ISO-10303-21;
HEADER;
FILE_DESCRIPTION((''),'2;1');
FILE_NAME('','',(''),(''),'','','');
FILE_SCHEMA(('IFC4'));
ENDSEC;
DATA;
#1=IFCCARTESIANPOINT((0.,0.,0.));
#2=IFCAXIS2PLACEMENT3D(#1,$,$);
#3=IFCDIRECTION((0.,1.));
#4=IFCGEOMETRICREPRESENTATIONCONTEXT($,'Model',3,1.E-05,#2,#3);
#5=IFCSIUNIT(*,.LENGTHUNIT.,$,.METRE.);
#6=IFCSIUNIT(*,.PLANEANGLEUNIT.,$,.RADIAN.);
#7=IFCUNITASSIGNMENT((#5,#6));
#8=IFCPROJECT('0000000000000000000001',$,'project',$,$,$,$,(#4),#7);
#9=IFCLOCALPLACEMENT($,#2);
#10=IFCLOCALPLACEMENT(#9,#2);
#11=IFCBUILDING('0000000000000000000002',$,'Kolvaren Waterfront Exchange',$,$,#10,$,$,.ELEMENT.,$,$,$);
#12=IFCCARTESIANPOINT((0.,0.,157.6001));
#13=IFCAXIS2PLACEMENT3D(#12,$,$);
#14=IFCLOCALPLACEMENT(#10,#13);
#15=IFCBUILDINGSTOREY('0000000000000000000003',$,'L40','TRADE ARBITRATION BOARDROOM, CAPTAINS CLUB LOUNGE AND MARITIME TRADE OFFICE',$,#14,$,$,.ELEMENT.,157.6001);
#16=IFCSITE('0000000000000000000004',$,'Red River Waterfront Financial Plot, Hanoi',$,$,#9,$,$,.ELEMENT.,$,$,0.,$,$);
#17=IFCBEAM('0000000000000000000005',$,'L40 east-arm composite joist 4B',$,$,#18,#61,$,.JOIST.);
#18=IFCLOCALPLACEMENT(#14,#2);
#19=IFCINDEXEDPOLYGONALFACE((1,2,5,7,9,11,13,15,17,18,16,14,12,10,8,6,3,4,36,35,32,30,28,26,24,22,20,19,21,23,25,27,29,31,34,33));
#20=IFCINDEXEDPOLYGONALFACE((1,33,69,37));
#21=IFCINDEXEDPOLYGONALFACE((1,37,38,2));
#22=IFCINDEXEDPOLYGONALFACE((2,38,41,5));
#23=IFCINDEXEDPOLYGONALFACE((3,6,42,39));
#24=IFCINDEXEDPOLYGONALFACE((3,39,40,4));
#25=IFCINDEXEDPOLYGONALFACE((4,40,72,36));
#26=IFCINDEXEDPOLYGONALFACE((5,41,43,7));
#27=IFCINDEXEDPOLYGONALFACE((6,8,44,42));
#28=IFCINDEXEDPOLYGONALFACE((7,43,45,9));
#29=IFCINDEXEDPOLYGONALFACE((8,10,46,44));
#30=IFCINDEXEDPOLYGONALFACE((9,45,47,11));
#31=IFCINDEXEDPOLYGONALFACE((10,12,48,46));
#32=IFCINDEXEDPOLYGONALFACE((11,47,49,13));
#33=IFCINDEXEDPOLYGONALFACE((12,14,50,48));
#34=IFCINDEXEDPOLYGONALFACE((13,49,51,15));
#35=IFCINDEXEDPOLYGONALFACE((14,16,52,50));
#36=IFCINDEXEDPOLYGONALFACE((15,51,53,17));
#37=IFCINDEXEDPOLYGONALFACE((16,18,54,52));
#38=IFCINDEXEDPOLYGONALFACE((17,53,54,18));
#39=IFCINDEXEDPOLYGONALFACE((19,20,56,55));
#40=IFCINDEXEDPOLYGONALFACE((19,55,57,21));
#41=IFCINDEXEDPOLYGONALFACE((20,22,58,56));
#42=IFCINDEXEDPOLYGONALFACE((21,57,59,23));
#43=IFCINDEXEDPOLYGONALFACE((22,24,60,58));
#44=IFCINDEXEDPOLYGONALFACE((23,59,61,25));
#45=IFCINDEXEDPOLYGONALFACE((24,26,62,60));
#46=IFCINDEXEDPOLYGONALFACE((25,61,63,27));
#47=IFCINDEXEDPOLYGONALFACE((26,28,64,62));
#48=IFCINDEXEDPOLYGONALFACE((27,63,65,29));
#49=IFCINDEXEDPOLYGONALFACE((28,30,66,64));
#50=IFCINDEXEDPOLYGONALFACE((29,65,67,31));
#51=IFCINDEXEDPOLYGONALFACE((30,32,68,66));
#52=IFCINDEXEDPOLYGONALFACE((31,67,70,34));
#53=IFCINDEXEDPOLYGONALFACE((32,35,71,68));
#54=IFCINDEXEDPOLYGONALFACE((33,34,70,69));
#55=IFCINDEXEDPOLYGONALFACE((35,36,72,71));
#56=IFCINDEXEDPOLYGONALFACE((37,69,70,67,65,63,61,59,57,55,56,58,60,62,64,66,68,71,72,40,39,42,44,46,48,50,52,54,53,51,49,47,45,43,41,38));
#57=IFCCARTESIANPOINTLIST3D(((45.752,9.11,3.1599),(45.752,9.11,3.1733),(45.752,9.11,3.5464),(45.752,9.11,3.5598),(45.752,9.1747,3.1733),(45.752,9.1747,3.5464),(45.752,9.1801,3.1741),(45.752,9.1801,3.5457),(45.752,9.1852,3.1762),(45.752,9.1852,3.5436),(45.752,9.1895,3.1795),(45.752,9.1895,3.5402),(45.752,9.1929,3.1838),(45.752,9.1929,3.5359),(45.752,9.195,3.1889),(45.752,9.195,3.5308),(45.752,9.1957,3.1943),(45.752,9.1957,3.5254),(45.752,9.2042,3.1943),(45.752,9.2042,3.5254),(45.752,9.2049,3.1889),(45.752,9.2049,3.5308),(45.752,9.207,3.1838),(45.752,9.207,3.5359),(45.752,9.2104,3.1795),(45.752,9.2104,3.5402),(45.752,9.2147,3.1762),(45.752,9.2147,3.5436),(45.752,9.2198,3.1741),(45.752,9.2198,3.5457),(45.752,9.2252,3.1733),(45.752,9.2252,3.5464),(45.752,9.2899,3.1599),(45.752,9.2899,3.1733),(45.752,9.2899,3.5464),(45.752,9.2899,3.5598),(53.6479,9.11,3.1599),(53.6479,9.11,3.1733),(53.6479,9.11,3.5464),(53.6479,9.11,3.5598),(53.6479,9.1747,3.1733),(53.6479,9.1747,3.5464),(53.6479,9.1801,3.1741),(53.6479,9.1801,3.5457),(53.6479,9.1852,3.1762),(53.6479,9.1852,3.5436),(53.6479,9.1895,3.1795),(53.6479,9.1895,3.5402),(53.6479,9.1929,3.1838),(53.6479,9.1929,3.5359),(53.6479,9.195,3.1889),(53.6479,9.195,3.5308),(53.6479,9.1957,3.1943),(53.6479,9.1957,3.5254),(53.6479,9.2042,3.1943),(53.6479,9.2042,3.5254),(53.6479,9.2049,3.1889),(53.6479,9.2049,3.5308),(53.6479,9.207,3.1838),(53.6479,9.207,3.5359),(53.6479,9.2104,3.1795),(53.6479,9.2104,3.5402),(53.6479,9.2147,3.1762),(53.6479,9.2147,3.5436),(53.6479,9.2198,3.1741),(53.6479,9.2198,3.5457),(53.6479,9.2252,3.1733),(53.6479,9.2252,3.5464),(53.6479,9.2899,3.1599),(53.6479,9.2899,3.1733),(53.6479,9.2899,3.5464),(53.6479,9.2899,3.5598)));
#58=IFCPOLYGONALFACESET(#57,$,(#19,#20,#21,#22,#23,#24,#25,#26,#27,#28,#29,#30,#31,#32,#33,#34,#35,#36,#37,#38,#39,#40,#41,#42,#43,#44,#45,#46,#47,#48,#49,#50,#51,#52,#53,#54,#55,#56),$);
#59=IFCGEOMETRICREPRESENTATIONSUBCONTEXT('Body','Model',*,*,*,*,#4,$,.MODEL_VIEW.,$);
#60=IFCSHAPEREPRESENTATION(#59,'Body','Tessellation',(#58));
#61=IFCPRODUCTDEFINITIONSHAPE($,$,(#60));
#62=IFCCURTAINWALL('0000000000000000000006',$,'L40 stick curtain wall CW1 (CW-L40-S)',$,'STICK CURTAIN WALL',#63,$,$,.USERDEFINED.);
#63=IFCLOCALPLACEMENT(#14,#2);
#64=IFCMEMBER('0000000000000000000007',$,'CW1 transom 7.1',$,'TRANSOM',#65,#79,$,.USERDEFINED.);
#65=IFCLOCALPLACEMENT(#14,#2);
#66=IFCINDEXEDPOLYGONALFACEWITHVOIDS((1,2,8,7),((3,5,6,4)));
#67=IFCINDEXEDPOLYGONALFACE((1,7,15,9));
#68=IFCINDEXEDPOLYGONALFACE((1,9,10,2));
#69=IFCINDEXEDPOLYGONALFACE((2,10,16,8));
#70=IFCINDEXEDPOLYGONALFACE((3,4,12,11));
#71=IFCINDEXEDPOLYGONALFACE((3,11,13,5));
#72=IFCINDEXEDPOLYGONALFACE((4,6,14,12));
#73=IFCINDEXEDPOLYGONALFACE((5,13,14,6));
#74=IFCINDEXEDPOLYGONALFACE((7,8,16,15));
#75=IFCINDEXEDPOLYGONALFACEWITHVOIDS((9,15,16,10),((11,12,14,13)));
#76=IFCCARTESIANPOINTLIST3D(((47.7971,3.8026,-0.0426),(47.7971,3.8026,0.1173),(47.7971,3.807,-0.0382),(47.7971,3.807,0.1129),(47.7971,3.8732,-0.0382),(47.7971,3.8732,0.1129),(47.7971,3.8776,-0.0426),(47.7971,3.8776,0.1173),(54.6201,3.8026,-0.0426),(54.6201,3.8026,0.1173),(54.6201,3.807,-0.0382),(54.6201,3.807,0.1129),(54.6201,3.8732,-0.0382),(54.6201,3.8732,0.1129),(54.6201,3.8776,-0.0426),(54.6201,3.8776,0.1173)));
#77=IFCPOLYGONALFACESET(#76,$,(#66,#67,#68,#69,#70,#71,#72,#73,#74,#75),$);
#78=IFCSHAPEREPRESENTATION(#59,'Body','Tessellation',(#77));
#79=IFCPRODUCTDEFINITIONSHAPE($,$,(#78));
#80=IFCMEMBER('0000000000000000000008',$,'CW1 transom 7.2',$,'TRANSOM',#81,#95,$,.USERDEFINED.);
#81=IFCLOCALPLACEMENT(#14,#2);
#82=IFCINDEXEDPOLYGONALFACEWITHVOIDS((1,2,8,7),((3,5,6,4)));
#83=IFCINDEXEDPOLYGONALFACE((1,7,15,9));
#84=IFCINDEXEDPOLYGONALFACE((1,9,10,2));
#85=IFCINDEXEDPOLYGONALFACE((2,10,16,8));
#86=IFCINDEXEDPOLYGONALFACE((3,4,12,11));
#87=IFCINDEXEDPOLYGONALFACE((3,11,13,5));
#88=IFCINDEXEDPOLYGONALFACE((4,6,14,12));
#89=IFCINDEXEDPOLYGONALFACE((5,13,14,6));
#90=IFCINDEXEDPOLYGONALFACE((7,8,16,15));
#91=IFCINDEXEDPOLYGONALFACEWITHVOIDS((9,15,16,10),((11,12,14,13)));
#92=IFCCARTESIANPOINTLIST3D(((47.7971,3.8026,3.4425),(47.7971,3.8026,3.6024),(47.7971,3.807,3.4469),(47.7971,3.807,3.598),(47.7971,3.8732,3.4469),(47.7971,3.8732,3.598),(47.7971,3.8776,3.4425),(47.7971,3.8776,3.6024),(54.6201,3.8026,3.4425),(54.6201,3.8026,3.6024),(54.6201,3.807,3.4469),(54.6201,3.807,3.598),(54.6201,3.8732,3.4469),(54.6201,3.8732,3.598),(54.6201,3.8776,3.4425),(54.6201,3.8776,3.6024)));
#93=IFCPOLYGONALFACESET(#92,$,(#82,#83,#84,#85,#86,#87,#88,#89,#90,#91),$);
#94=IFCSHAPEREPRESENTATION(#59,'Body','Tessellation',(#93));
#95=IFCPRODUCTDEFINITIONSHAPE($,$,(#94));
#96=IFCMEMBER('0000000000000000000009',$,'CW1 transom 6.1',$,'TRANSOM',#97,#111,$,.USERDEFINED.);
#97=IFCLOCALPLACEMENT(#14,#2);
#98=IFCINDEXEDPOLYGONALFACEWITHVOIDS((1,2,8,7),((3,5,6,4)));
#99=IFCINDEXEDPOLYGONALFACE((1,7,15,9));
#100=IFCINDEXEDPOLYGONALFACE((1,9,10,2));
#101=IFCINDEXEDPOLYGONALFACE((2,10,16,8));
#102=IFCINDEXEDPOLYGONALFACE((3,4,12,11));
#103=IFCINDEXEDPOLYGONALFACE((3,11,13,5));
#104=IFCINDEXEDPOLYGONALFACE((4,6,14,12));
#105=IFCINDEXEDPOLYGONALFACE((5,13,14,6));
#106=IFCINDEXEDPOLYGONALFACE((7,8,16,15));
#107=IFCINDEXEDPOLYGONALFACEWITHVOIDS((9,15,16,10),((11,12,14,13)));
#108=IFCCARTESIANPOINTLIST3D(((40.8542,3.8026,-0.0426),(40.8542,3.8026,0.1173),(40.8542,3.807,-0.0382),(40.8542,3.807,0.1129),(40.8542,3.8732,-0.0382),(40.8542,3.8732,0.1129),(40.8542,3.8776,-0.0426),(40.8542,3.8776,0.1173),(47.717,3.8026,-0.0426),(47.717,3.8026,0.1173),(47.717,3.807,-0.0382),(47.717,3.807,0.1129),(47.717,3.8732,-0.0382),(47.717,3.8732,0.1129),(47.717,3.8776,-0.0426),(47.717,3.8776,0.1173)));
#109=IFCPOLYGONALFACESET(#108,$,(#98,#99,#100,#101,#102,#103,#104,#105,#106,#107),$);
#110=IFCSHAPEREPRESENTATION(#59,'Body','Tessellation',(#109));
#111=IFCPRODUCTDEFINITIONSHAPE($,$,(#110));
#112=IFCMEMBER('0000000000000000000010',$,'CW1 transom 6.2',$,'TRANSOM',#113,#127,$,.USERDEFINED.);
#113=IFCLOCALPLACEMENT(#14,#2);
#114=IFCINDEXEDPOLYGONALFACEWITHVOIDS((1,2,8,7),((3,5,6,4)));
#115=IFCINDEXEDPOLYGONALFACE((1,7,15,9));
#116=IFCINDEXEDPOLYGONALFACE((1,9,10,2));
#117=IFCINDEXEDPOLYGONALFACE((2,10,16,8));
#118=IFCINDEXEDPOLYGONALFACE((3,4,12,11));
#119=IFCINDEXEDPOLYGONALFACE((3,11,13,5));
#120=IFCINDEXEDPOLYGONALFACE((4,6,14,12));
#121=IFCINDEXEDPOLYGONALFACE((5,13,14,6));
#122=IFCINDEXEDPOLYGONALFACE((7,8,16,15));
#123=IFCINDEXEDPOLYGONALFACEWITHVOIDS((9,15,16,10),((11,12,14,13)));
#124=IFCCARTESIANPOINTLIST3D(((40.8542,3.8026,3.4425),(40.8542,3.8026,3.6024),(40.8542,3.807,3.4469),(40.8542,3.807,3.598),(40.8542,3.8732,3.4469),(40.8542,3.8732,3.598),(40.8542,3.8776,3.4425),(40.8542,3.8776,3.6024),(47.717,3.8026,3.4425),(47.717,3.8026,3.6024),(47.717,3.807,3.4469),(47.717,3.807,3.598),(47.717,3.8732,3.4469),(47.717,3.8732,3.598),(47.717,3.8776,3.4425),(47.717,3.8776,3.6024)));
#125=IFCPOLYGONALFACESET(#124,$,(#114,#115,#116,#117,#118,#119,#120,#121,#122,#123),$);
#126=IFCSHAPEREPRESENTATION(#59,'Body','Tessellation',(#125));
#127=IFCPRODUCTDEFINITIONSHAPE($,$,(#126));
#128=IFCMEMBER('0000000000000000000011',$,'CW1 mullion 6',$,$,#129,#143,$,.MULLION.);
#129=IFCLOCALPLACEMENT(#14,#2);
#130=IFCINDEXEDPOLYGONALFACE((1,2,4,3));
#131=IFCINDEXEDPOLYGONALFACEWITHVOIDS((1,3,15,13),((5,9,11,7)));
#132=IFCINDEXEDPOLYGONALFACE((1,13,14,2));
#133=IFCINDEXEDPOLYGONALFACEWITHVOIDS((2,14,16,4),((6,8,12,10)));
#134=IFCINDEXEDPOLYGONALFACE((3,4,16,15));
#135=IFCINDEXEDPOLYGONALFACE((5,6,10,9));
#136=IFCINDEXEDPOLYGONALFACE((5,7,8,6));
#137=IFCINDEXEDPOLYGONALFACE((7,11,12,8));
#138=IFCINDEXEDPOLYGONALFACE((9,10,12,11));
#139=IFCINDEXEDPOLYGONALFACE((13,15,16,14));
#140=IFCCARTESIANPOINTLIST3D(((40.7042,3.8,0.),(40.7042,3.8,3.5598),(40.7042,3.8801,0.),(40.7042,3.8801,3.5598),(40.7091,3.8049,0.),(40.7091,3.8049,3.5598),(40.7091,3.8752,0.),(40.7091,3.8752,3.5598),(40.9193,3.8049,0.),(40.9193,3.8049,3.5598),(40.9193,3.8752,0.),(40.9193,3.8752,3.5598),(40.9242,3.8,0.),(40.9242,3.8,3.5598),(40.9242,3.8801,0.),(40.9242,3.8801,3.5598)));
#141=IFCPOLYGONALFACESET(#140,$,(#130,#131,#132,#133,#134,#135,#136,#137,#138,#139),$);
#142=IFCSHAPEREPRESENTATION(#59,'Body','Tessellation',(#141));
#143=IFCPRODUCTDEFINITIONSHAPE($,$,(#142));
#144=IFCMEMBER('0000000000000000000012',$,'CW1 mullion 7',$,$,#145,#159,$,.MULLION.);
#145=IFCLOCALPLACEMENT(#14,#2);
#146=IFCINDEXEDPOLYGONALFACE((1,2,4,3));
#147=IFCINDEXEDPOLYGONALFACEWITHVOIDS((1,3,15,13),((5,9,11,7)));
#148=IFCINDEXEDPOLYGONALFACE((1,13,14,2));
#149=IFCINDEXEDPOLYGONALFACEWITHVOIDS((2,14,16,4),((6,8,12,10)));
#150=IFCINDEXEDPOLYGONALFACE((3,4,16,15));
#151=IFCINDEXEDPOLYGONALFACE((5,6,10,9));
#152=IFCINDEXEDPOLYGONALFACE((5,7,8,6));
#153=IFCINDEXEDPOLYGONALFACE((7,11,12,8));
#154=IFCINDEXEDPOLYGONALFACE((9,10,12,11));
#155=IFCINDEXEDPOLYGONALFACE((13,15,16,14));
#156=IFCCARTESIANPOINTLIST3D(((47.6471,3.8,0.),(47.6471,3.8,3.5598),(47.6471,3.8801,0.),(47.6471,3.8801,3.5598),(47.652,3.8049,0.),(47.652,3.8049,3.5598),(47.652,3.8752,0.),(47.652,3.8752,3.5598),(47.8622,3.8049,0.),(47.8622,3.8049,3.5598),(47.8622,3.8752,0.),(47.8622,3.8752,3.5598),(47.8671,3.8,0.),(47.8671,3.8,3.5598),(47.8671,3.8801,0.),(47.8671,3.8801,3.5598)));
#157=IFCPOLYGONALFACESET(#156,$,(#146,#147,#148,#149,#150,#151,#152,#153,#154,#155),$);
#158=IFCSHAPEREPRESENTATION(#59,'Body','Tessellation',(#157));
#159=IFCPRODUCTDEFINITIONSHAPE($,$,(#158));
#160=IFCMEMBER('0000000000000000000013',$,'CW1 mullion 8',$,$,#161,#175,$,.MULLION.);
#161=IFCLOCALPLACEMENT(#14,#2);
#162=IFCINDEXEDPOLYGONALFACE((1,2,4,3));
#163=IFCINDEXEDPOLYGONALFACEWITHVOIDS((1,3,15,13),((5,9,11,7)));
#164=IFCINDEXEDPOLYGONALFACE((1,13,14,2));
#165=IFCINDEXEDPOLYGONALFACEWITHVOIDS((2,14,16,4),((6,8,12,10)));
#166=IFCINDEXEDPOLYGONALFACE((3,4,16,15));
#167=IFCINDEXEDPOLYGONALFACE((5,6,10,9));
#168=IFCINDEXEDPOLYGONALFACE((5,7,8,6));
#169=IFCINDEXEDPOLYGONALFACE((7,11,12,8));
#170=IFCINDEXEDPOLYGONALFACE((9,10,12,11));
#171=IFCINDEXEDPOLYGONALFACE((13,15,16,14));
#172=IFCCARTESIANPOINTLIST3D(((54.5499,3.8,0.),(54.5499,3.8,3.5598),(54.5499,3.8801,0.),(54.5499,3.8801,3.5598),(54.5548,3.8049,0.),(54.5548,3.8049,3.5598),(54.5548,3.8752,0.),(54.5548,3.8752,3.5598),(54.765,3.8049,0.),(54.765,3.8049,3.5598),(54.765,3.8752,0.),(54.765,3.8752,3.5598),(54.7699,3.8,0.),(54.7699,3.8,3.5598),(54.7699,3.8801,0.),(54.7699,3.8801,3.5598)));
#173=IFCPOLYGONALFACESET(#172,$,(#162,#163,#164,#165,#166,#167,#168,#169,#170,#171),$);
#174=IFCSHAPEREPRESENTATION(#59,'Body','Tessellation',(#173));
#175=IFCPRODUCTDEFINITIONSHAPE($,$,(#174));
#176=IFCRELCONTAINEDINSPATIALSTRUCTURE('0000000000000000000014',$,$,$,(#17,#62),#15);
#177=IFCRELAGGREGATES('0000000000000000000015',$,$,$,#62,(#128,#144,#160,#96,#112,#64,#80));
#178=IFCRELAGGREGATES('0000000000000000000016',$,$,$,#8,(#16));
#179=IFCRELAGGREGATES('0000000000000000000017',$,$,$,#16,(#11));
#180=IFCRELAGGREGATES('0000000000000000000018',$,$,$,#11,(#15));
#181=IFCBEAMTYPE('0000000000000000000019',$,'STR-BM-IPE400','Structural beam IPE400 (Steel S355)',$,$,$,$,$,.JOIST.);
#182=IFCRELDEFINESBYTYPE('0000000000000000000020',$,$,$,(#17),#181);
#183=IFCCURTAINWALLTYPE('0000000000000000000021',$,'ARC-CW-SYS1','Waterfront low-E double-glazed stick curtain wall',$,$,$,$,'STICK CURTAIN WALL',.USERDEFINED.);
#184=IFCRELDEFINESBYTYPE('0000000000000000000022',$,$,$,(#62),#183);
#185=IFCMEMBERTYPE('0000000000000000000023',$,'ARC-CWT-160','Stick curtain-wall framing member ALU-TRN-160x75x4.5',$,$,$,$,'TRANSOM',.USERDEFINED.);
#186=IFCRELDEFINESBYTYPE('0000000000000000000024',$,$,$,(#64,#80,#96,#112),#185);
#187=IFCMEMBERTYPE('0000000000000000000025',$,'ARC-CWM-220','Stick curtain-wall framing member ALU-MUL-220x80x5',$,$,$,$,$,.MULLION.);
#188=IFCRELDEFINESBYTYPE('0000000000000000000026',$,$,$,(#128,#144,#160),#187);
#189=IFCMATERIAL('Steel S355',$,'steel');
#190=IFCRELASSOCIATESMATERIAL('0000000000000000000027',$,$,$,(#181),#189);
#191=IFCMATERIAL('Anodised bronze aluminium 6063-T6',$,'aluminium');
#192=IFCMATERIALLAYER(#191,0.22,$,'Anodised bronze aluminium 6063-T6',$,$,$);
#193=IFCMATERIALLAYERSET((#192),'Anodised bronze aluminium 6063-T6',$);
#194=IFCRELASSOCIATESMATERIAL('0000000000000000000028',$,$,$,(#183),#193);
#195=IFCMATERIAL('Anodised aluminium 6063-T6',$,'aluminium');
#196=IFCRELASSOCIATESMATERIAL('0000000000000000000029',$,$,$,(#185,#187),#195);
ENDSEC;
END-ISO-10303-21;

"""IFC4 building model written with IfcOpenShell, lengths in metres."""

from ifc_helpers import new_model, si_unit, direction, frame, origin, origin_with_axes, origin_2d, place, context, subcontext, project, spatial, hollow_rectangle, i_section, extrude, source, transform, mapped, material, layer, layer_set, material_profile, profile_set, type_object, element, aggregate, save


model = new_model("IFC4")

# Units and contexts
model_context = context("Model", 3, precision=1e-05, world=origin(), true_north=direction((0.0, 1.0)))
body_context = subcontext(model_context, "Body", "Model", "MODEL_VIEW")
ifc_project = project(units=[si_unit("LENGTHUNIT", "METRE"), si_unit("PLANEANGLEUNIT", "RADIAN")], contexts=[model_context])

# Site, building, storey
site_placement = place(None, origin())
site = spatial("IfcSite", under=ifc_project, at=site_placement, Name="Red River Waterfront Financial Plot, Hanoi", CompositionType="ELEMENT", RefElevation=0.0)
building_placement = place(site_placement, origin())
building = spatial("IfcBuilding", under=site, at=building_placement, Name="Kolvaren Waterfront Exchange", CompositionType="ELEMENT")
storey_placement = place(building_placement, frame((0.0, 0.0, 157.6001)))
storey = spatial("IfcBuildingStorey", under=building, at=storey_placement, Name="L40", Description="TRADE ARBITRATION BOARDROOM, CAPTAINS CLUB LOUNGE AND MARITIME TRADE OFFICE", CompositionType="ELEMENT", Elevation=157.6001)

# Beam
ifc_material_1 = material(Name="Steel S355", Category="steel")
ifc_material_profile_1 = material_profile(ifc_material_1, i_section(OverallWidth=0.1799, OverallDepth=0.3999, WebThickness=0.0085, FlangeThickness=0.0134, FilletRadius=0.021, at=origin_2d()), Name="IPE400")
ifc_profile_set_1 = profile_set([ifc_material_profile_1], Name="Steel S355")
beam_type_1 = type_object("IfcBeamType", Name="STR-BM-IPE400", Description="Structural beam IPE400 (Steel S355)", PredefinedType="JOIST", material=ifc_profile_set_1)
beam_1_placement = place(storey_placement, frame((45.752, 9.2, 3.3599), z_axis=(1.0, 0.0, 0.0), x_axis=(0.0, 1.0, 0.0)))
element("IfcBeam", 1, at=beam_1_placement, inside=storey, type_object=beam_type_1, Name="L40 east-arm composite joist 4B", PredefinedType="JOIST", context=body_context, shape_type="SweptSolid", body=[
    extrude(i_section(OverallWidth=0.1799, OverallDepth=0.3999, WebThickness=0.0085, FlangeThickness=0.0134, FilletRadius=0.021, at=origin_2d()), origin(), (0.0, 0.0, 1.0), 7.896),
])

# Curtain wall, members
ifc_material_2 = material(Name="Anodised bronze aluminium 6063-T6", Category="aluminium")
ifc_layer_1 = layer(ifc_material_2, 0.22, Name="Anodised bronze aluminium 6063-T6")
ifc_layer_set_1 = layer_set([ifc_layer_1], Name="Anodised bronze aluminium 6063-T6")
curtain_wall_type = type_object("IfcCurtainWallType", Name="ARC-CW-SYS1", Description="Waterfront low-E double-glazed stick curtain wall", ElementType="STICK CURTAIN WALL", PredefinedType="USERDEFINED", material=ifc_layer_set_1)
curtain_wall_placement = place(storey_placement, origin())
curtain_wall = element("IfcCurtainWall", 2, at=curtain_wall_placement, inside=storey, type_object=curtain_wall_type, Name="L40 stick curtain wall CW1 (CW-L40-S)", ObjectType="STICK CURTAIN WALL", PredefinedType="USERDEFINED")
ifc_material_3 = material(Name="Anodised aluminium 6063-T6", Category="aluminium")
ifc_material_profile_2 = material_profile(ifc_material_3, hollow_rectangle(XDim=0.075, YDim=0.1599, WallThickness=0.0044, at=origin_2d()), Name="ALU-TRN-160x75x4.5")
ifc_profile_set_2 = profile_set([ifc_material_profile_2], Name="Anodised aluminium 6063-T6")
member_type_1 = type_object("IfcMemberType", Name="ARC-CWT-160", Description="Stick curtain-wall framing member ALU-TRN-160x75x4.5", ElementType="TRANSOM", PredefinedType="USERDEFINED", material=ifc_profile_set_2)
shared_shape_1 = source(origin_with_axes(), body_context, "Body", "SweptSolid", [
    extrude(hollow_rectangle(XDim=0.075, YDim=0.1599, WallThickness=0.0044, at=origin_2d()), origin(), (0.0, 0.0, 1.0), 6.823),
])
member_1_placement = place(storey_placement, frame((47.7971, 3.8401, 0.0374), z_axis=(1.0, 0.0, 0.0), x_axis=(0.0, 1.0, 0.0)))
member_1 = element("IfcMember", 3, at=member_1_placement, type_object=member_type_1, Name="CW1 transom 7.1", ObjectType="TRANSOM", PredefinedType="USERDEFINED", context=body_context, shape_type="MappedRepresentation", body=[
    mapped(shared_shape_1, transform((0.0, 0.0, 0.0), x_axis=(1.0, 0.0, 0.0), y_axis=(0.0, 1.0, 0.0), z_axis=(0.0, 0.0, 1.0), scale=1.0)),
])
member_2_placement = place(storey_placement, frame((47.7971, 3.8401, 3.5225), z_axis=(1.0, 0.0, 0.0), x_axis=(0.0, 1.0, 0.0)))
member_2 = element("IfcMember", 4, at=member_2_placement, type_object=member_type_1, Name="CW1 transom 7.2", ObjectType="TRANSOM", PredefinedType="USERDEFINED", context=body_context, shape_type="MappedRepresentation", body=[
    mapped(shared_shape_1, transform((0.0, 0.0, 0.0), x_axis=(1.0, 0.0, 0.0), y_axis=(0.0, 1.0, 0.0), z_axis=(0.0, 0.0, 1.0), scale=1.0)),
])
shared_shape_2 = source(origin_with_axes(), body_context, "Body", "SweptSolid", [
    extrude(hollow_rectangle(XDim=0.075, YDim=0.1599, WallThickness=0.0044, at=origin_2d()), origin(), (0.0, 0.0, 1.0), 6.8628),
])
member_3_placement = place(storey_placement, frame((40.8542, 3.8401, 0.0374), z_axis=(1.0, 0.0, 0.0), x_axis=(0.0, 1.0, 0.0)))
member_3 = element("IfcMember", 5, at=member_3_placement, type_object=member_type_1, Name="CW1 transom 6.1", ObjectType="TRANSOM", PredefinedType="USERDEFINED", context=body_context, shape_type="MappedRepresentation", body=[
    mapped(shared_shape_2, transform((0.0, 0.0, 0.0), x_axis=(1.0, 0.0, 0.0), y_axis=(0.0, 1.0, 0.0), z_axis=(0.0, 0.0, 1.0), scale=1.0)),
])
member_4_placement = place(storey_placement, frame((40.8542, 3.8401, 3.5225), z_axis=(1.0, 0.0, 0.0), x_axis=(0.0, 1.0, 0.0)))
member_4 = element("IfcMember", 6, at=member_4_placement, type_object=member_type_1, Name="CW1 transom 6.2", ObjectType="TRANSOM", PredefinedType="USERDEFINED", context=body_context, shape_type="MappedRepresentation", body=[
    mapped(shared_shape_2, transform((0.0, 0.0, 0.0), x_axis=(1.0, 0.0, 0.0), y_axis=(0.0, 1.0, 0.0), z_axis=(0.0, 0.0, 1.0), scale=1.0)),
])
ifc_material_profile_3 = material_profile(ifc_material_3, hollow_rectangle(XDim=0.0801, YDim=0.22, WallThickness=0.0049, at=origin_2d()), Name="ALU-MUL-220x80x5")
ifc_profile_set_3 = profile_set([ifc_material_profile_3], Name="Anodised aluminium 6063-T6")
member_type_2 = type_object("IfcMemberType", Name="ARC-CWM-220", Description="Stick curtain-wall framing member ALU-MUL-220x80x5", PredefinedType="MULLION", material=ifc_profile_set_3)
shared_shape_3 = source(origin_with_axes(), body_context, "Body", "SweptSolid", [
    extrude(hollow_rectangle(XDim=0.0801, YDim=0.22, WallThickness=0.0049, at=origin_2d()), origin(), (0.0, 0.0, 1.0), 3.5598),
])
member_5_placement = place(storey_placement, frame((40.8142, 3.8401, 0.0), z_axis=(0.0, 0.0, 1.0), x_axis=(0.0, 1.0, 0.0)))
member_5 = element("IfcMember", 7, at=member_5_placement, type_object=member_type_2, Name="CW1 mullion 6", PredefinedType="MULLION", context=body_context, shape_type="MappedRepresentation", body=[
    mapped(shared_shape_3, transform((0.0, 0.0, 0.0), x_axis=(1.0, 0.0, 0.0), y_axis=(0.0, 1.0, 0.0), z_axis=(0.0, 0.0, 1.0), scale=1.0)),
])
member_6_placement = place(storey_placement, frame((47.7571, 3.8401, 0.0), z_axis=(0.0, 0.0, 1.0), x_axis=(0.0, 1.0, 0.0)))
member_6 = element("IfcMember", 8, at=member_6_placement, type_object=member_type_2, Name="CW1 mullion 7", PredefinedType="MULLION", context=body_context, shape_type="MappedRepresentation", body=[
    mapped(shared_shape_3, transform((0.0, 0.0, 0.0), x_axis=(1.0, 0.0, 0.0), y_axis=(0.0, 1.0, 0.0), z_axis=(0.0, 0.0, 1.0), scale=1.0)),
])
member_7_placement = place(storey_placement, frame((54.6599, 3.8401, 0.0), z_axis=(0.0, 0.0, 1.0), x_axis=(0.0, 1.0, 0.0)))
member_7 = element("IfcMember", 9, at=member_7_placement, type_object=member_type_2, Name="CW1 mullion 8", PredefinedType="MULLION", context=body_context, shape_type="MappedRepresentation", body=[
    mapped(shared_shape_3, transform((0.0, 0.0, 0.0), x_axis=(1.0, 0.0, 0.0), y_axis=(0.0, 1.0, 0.0), z_axis=(0.0, 0.0, 1.0), scale=1.0)),
])
aggregate(curtain_wall, [member_5, member_6, member_7, member_3, member_4, member_1, member_2])

save(model, "model.ifc")
